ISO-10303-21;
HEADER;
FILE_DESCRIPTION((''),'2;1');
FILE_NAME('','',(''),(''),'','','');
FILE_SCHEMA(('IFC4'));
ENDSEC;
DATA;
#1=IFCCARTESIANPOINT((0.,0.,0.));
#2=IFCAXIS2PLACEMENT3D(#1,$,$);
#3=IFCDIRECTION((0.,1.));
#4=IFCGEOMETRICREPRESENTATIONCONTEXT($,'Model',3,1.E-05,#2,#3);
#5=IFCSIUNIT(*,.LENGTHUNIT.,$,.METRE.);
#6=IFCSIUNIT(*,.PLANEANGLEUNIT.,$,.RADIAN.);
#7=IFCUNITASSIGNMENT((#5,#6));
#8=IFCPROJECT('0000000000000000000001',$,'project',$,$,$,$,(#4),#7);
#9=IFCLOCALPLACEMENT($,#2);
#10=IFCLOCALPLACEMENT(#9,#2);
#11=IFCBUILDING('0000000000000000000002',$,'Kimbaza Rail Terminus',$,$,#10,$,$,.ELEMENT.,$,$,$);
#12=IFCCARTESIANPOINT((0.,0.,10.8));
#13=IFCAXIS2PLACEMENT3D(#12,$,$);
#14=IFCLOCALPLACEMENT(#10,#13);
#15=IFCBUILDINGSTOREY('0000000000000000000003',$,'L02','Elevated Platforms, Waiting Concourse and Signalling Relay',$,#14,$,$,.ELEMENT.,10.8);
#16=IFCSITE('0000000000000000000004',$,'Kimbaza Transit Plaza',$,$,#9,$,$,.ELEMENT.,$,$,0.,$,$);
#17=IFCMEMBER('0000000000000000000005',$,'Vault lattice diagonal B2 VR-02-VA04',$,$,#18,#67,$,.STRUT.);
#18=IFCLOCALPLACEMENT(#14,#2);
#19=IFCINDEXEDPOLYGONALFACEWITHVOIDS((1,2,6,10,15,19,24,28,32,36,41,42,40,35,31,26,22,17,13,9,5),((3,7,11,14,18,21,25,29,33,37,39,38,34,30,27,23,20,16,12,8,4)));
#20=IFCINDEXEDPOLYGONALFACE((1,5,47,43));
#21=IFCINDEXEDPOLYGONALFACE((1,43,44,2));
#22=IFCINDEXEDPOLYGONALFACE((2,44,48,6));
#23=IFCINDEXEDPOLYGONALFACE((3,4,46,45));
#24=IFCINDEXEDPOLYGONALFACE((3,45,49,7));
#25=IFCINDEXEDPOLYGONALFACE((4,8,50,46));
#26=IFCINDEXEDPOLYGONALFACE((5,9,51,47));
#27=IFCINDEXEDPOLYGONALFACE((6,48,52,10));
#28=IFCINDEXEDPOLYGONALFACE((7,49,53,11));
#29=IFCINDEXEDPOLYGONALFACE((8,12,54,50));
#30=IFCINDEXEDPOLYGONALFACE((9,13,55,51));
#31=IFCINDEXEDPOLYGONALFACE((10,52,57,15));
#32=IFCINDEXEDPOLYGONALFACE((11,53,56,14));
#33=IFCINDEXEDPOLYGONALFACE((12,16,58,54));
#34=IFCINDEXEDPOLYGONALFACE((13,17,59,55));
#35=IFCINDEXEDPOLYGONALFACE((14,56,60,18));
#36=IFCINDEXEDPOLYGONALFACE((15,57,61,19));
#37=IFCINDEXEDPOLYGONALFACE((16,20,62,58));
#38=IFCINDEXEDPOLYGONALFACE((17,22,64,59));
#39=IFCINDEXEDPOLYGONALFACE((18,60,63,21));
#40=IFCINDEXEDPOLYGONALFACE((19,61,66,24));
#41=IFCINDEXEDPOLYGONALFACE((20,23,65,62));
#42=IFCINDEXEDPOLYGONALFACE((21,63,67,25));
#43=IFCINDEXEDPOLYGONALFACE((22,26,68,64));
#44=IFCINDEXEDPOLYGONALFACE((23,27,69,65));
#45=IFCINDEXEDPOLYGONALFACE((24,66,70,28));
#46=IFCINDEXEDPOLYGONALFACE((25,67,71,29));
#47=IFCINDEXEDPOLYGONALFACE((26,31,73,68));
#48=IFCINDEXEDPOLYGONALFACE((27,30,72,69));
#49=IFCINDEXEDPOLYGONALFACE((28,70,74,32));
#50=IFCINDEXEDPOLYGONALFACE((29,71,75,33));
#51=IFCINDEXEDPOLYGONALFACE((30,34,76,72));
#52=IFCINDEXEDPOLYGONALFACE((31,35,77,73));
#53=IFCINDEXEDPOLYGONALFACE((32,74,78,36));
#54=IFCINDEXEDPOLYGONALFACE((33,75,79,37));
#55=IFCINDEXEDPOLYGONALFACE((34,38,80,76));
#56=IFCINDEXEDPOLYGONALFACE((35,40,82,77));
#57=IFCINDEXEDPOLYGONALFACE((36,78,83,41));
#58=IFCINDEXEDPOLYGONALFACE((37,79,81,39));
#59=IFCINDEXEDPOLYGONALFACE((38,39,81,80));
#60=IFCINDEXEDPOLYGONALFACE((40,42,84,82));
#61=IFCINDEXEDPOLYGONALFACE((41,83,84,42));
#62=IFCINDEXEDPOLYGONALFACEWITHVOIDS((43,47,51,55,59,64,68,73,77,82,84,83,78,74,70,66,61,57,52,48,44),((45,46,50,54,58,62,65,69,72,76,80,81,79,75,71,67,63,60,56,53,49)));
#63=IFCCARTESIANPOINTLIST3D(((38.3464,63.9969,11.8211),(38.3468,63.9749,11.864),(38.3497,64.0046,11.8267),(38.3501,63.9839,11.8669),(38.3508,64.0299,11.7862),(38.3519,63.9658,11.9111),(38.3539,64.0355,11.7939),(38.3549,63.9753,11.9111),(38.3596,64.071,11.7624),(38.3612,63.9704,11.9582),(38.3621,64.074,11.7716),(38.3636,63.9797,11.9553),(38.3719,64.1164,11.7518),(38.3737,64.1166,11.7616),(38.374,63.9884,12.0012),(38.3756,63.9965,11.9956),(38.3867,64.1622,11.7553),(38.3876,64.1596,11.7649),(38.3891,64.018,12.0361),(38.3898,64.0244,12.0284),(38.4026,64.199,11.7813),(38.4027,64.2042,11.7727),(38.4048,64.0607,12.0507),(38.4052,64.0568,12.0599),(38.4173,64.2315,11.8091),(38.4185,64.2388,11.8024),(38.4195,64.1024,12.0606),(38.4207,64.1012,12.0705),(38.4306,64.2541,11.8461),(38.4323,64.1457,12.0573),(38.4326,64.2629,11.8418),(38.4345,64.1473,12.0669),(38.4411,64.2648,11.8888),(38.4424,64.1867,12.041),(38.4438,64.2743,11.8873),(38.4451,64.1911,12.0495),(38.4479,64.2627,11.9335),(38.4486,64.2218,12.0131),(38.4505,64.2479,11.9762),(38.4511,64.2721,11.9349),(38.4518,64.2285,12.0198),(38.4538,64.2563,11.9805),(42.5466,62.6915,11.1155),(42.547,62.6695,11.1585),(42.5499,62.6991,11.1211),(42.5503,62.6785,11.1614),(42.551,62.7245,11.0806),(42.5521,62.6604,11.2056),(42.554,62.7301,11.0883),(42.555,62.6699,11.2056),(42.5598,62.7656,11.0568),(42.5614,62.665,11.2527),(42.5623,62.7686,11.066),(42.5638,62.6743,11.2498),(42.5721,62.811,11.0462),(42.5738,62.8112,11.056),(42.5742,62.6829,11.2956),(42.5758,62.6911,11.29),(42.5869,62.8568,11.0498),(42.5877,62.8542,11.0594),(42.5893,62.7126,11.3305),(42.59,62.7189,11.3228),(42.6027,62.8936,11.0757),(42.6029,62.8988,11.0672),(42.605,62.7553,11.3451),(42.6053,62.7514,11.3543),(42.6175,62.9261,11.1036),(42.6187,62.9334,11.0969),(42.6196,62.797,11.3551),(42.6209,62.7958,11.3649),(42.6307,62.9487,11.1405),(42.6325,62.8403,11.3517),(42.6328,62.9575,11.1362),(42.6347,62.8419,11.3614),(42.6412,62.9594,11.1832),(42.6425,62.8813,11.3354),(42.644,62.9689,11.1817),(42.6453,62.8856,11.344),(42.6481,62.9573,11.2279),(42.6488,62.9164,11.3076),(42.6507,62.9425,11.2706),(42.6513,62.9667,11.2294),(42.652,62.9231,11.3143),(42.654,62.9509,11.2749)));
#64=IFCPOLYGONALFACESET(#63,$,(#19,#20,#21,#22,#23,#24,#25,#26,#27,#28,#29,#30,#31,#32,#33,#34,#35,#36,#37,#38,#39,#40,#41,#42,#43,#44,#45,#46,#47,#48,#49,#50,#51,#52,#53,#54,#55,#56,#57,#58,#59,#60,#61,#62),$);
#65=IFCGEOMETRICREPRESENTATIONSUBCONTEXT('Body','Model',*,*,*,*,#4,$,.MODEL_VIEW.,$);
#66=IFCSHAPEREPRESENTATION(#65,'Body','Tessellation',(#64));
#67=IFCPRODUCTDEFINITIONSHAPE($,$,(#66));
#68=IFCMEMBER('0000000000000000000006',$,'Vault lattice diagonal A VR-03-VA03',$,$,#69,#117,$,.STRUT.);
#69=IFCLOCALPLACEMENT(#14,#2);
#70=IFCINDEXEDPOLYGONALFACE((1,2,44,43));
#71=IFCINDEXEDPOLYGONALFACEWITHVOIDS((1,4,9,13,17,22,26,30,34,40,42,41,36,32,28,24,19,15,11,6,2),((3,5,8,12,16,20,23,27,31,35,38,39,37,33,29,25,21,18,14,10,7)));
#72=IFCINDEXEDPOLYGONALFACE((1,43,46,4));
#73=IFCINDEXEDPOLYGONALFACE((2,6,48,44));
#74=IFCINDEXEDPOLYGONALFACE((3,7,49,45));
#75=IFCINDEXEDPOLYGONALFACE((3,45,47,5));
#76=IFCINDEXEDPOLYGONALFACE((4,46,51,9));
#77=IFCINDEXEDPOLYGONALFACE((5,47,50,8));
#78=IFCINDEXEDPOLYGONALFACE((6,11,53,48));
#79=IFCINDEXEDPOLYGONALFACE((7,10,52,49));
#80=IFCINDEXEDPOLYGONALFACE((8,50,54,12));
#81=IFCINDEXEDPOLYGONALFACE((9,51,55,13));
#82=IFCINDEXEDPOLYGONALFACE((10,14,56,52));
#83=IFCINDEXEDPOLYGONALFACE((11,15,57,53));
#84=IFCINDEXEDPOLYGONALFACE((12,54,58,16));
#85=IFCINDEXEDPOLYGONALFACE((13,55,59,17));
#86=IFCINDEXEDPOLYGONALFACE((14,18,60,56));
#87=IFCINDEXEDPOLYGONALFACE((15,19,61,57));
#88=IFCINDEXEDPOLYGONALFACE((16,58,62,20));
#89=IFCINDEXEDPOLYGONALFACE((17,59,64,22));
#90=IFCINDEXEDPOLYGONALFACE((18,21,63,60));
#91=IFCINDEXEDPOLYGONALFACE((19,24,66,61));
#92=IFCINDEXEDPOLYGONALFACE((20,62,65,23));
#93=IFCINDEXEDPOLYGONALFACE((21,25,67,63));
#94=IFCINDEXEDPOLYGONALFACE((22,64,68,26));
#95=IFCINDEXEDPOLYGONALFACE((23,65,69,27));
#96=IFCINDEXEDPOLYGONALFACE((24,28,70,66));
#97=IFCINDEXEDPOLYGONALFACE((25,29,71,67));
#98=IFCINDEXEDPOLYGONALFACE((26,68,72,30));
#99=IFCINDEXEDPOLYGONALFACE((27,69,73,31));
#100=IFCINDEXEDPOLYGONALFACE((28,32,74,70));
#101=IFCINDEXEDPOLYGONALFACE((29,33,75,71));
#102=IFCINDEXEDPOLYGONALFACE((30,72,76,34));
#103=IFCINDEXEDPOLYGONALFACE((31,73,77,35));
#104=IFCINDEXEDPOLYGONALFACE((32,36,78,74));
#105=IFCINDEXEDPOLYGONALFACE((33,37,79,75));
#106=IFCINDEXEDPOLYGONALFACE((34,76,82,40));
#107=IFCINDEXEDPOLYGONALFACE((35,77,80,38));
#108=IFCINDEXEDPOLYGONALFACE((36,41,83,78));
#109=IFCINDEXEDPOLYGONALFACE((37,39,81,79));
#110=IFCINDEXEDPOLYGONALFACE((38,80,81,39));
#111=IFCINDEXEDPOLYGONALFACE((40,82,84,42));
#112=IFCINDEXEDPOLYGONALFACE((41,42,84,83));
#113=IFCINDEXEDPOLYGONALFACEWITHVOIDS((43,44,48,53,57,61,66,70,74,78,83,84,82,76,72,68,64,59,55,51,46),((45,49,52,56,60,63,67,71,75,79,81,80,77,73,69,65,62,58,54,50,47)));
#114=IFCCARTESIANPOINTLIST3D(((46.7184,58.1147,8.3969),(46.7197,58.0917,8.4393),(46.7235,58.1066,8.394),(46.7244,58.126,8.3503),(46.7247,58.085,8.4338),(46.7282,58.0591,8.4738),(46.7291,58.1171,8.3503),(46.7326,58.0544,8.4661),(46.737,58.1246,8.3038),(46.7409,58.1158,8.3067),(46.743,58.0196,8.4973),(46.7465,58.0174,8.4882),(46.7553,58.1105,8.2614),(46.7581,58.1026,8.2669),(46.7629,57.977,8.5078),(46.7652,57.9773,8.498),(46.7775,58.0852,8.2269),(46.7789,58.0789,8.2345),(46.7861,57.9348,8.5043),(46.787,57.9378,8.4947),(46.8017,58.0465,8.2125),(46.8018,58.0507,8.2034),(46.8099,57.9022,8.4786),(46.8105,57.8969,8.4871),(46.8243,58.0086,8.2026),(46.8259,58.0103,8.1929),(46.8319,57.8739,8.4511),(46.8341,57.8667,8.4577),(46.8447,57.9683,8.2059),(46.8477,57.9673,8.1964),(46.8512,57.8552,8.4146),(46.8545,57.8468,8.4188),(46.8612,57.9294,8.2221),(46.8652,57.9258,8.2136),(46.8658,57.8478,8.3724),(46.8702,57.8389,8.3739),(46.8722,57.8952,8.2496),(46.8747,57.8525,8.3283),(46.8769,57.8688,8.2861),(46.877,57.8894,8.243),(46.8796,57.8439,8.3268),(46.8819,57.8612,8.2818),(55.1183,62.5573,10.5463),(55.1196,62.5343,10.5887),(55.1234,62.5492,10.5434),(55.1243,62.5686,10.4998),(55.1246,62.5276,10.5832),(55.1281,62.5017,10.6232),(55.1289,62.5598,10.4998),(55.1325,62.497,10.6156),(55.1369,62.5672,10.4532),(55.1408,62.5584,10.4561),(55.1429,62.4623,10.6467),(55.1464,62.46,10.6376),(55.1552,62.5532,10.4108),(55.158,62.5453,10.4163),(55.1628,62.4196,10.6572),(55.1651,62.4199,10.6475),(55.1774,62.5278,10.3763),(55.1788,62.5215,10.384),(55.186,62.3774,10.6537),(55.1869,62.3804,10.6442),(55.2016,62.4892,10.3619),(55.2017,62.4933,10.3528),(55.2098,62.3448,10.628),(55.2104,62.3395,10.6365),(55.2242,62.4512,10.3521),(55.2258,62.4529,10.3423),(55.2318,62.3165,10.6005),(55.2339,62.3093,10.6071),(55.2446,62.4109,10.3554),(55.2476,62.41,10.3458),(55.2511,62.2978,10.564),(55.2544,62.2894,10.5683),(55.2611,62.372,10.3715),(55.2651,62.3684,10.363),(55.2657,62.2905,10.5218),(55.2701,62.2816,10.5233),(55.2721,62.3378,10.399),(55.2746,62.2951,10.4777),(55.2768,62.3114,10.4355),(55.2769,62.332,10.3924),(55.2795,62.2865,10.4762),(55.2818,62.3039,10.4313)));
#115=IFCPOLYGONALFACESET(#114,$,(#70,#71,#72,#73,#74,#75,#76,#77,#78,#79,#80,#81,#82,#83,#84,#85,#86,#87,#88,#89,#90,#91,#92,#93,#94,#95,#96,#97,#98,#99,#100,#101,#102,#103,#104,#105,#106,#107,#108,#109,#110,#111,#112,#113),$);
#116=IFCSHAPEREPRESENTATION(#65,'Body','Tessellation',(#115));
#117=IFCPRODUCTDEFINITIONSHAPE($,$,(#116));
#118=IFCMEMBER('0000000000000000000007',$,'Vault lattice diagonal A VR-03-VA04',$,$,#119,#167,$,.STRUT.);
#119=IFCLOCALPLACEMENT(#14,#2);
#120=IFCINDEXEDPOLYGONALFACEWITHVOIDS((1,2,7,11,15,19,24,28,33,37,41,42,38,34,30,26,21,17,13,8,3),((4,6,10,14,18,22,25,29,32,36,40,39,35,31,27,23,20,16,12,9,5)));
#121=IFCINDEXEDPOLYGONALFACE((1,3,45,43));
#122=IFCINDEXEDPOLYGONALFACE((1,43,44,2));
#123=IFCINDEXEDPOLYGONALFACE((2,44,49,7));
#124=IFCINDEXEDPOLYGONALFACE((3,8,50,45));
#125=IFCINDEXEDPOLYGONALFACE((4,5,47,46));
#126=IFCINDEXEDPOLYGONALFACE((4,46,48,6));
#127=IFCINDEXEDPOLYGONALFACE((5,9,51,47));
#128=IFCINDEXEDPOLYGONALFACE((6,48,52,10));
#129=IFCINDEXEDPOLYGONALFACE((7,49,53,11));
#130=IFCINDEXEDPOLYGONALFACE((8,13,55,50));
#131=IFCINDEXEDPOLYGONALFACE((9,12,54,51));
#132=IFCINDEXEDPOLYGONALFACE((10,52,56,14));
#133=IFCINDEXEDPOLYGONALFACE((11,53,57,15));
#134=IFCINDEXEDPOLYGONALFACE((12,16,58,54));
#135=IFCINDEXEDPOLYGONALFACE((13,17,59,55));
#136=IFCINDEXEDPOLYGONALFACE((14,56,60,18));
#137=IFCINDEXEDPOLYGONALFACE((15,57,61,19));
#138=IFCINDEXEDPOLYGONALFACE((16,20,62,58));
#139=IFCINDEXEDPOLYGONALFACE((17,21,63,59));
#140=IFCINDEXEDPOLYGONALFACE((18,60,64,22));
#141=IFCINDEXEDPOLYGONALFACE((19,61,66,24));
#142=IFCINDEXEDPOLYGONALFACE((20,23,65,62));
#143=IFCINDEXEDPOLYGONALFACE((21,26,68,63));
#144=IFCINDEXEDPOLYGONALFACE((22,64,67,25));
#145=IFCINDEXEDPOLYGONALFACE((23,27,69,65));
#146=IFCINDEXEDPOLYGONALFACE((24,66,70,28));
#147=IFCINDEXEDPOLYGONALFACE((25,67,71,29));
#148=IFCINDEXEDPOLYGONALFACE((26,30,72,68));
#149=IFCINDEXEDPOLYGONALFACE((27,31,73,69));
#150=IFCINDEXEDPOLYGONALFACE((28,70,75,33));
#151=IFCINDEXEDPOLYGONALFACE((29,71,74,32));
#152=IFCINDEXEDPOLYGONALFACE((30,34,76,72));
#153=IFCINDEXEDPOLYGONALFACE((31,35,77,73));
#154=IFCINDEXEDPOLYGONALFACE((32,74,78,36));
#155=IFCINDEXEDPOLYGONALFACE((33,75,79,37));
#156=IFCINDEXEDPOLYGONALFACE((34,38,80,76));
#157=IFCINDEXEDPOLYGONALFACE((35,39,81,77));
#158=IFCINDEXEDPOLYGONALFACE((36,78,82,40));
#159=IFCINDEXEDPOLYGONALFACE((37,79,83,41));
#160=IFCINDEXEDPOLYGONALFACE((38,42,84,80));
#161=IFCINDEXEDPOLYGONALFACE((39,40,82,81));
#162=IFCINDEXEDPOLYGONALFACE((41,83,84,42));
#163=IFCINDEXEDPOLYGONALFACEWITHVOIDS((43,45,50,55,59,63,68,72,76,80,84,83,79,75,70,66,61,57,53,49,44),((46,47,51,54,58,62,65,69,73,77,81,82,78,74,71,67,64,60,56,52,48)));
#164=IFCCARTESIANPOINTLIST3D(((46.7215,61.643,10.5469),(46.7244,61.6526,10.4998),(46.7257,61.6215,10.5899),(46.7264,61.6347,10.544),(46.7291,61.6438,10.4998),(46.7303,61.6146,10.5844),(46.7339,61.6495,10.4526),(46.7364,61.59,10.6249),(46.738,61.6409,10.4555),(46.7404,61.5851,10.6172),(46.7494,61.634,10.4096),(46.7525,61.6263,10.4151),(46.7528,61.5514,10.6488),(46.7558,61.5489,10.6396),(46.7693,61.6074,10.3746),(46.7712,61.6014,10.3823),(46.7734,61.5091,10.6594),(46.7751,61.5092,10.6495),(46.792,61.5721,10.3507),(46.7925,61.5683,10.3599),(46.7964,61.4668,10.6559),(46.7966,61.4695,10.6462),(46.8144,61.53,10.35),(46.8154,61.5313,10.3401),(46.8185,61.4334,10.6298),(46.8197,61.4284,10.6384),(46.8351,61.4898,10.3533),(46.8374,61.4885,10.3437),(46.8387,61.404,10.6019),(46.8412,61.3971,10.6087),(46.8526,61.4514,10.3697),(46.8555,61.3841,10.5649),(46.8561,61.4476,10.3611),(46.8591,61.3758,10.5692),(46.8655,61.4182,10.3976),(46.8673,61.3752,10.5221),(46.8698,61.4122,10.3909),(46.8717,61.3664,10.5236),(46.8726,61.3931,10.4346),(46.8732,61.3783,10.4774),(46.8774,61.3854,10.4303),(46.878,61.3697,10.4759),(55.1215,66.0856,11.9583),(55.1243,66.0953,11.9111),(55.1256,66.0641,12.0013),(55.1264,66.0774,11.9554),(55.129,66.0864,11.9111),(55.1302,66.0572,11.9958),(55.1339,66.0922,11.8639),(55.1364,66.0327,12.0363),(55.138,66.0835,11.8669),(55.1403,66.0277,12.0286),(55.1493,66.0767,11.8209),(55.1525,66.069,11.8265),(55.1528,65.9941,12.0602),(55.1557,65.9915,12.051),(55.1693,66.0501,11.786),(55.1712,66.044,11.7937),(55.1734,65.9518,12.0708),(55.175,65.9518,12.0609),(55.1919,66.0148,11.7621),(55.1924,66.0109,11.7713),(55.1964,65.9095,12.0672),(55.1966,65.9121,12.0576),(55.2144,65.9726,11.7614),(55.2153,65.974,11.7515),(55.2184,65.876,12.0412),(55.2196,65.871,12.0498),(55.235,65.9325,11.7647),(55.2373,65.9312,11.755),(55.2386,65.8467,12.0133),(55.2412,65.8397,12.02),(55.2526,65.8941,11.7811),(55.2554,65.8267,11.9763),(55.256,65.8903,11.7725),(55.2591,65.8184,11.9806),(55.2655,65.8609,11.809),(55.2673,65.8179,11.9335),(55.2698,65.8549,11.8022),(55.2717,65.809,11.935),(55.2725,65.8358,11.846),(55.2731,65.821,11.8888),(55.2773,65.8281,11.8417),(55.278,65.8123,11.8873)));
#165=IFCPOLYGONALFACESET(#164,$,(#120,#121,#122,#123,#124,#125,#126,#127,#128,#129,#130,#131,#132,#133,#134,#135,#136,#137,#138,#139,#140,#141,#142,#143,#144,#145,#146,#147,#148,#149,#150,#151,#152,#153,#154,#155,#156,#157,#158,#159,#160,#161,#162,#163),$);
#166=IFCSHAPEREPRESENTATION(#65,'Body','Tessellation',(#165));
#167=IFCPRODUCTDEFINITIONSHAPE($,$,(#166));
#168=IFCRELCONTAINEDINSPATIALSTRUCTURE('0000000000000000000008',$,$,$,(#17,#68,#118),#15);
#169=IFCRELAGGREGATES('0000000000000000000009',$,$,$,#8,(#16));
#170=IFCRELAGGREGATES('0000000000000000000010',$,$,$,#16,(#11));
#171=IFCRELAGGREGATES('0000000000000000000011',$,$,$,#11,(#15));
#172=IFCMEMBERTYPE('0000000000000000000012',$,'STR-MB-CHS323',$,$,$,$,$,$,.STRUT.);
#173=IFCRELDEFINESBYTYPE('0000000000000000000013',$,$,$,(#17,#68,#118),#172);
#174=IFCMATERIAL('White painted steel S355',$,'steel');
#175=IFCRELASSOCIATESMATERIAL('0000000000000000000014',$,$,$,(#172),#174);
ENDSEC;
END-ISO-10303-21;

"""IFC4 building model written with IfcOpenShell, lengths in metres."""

from ifc_helpers import new_model, si_unit, direction, frame, origin, origin_2d, place, context, subcontext, project, spatial, hollow_circle, extrude, material, material_profile, profile_set, type_object, element, save


model = new_model("IFC4")

# Units and contexts
model_context = context("Model", 3, precision=1e-05, world=origin(), true_north=direction((0.0, 1.0)))
body_context = subcontext(model_context, "Body", "Model", "MODEL_VIEW")
ifc_project = project(units=[si_unit("LENGTHUNIT", "METRE"), si_unit("PLANEANGLEUNIT", "RADIAN")], contexts=[model_context])

# Site, building, storey
site_placement = place(None, origin())
site = spatial("IfcSite", under=ifc_project, at=site_placement, Name="Kimbaza Transit Plaza", CompositionType="ELEMENT", RefElevation=0.0)
building_placement = place(site_placement, origin())
building = spatial("IfcBuilding", under=site, at=building_placement, Name="Kimbaza Rail Terminus", CompositionType="ELEMENT")
storey_placement = place(building_placement, frame((0.0, 0.0, 10.8)))
storey = spatial("IfcBuildingStorey", under=building, at=storey_placement, Name="L02", Description="Elevated Platforms, Waiting Concourse and Signalling Relay", CompositionType="ELEMENT", Elevation=10.8)

# Members
ifc_material_1 = material(Name="White painted steel S355", Category="steel")
ifc_material_profile_1 = material_profile(ifc_material_1, hollow_circle(Radius=0.1619, WallThickness=0.01, at=origin_2d()), Name="CHS 323.9x10")
ifc_profile_set_1 = profile_set([ifc_material_profile_1], Name="White painted steel S355")
member_type_1 = type_object("IfcMemberType", Name="STR-MB-CHS323", PredefinedType="STRUT", material=ifc_profile_set_1)
member_1_placement = place(storey_placement, frame((42.6001, 62.8149, 11.2056), z_axis=(-0.942886, 0.293049, 0.15839), x_axis=(-0.296796, -0.954941, 0.0)))
element("IfcMember", 1, at=member_1_placement, inside=storey, type_object=member_type_1, Name="Vault lattice diagonal B2 VR-02-VA04", PredefinedType="STRUT", context=body_context, shape_type="SweptSolid", body=[
    extrude(hollow_circle(Radius=0.1619, WallThickness=0.01, at=origin_2d()), origin(), (0.0, 0.0, 1.0), 4.4546),
])
member_2_placement = place(storey_placement, frame((46.8, 57.9829, 8.3503), z_axis=(0.862196, 0.456007, 0.220624), x_axis=(-0.467528, 0.883978, 0.0)))
element("IfcMember", 2, at=member_2_placement, inside=storey, type_object=member_type_1, Name="Vault lattice diagonal A VR-03-VA03", PredefinedType="STRUT", context=body_context, shape_type="SweptSolid", body=[
    extrude(hollow_circle(Radius=0.1619, WallThickness=0.01, at=origin_2d()), origin(), (0.0, 0.0, 1.0), 9.7424),
])
member_3_placement = place(storey_placement, frame((46.8, 61.5095, 10.4998), z_axis=(0.874386, 0.462454, 0.146917), x_axis=(-0.467528, 0.883978, 0.0)))
element("IfcMember", 3, at=member_3_placement, inside=storey, type_object=member_type_1, Name="Vault lattice diagonal A VR-03-VA04", PredefinedType="STRUT", context=body_context, shape_type="SweptSolid", body=[
    extrude(hollow_circle(Radius=0.1619, WallThickness=0.01, at=origin_2d()), origin(), (0.0, 0.0, 1.0), 9.6067),
])

save(model, "model.ifc")
